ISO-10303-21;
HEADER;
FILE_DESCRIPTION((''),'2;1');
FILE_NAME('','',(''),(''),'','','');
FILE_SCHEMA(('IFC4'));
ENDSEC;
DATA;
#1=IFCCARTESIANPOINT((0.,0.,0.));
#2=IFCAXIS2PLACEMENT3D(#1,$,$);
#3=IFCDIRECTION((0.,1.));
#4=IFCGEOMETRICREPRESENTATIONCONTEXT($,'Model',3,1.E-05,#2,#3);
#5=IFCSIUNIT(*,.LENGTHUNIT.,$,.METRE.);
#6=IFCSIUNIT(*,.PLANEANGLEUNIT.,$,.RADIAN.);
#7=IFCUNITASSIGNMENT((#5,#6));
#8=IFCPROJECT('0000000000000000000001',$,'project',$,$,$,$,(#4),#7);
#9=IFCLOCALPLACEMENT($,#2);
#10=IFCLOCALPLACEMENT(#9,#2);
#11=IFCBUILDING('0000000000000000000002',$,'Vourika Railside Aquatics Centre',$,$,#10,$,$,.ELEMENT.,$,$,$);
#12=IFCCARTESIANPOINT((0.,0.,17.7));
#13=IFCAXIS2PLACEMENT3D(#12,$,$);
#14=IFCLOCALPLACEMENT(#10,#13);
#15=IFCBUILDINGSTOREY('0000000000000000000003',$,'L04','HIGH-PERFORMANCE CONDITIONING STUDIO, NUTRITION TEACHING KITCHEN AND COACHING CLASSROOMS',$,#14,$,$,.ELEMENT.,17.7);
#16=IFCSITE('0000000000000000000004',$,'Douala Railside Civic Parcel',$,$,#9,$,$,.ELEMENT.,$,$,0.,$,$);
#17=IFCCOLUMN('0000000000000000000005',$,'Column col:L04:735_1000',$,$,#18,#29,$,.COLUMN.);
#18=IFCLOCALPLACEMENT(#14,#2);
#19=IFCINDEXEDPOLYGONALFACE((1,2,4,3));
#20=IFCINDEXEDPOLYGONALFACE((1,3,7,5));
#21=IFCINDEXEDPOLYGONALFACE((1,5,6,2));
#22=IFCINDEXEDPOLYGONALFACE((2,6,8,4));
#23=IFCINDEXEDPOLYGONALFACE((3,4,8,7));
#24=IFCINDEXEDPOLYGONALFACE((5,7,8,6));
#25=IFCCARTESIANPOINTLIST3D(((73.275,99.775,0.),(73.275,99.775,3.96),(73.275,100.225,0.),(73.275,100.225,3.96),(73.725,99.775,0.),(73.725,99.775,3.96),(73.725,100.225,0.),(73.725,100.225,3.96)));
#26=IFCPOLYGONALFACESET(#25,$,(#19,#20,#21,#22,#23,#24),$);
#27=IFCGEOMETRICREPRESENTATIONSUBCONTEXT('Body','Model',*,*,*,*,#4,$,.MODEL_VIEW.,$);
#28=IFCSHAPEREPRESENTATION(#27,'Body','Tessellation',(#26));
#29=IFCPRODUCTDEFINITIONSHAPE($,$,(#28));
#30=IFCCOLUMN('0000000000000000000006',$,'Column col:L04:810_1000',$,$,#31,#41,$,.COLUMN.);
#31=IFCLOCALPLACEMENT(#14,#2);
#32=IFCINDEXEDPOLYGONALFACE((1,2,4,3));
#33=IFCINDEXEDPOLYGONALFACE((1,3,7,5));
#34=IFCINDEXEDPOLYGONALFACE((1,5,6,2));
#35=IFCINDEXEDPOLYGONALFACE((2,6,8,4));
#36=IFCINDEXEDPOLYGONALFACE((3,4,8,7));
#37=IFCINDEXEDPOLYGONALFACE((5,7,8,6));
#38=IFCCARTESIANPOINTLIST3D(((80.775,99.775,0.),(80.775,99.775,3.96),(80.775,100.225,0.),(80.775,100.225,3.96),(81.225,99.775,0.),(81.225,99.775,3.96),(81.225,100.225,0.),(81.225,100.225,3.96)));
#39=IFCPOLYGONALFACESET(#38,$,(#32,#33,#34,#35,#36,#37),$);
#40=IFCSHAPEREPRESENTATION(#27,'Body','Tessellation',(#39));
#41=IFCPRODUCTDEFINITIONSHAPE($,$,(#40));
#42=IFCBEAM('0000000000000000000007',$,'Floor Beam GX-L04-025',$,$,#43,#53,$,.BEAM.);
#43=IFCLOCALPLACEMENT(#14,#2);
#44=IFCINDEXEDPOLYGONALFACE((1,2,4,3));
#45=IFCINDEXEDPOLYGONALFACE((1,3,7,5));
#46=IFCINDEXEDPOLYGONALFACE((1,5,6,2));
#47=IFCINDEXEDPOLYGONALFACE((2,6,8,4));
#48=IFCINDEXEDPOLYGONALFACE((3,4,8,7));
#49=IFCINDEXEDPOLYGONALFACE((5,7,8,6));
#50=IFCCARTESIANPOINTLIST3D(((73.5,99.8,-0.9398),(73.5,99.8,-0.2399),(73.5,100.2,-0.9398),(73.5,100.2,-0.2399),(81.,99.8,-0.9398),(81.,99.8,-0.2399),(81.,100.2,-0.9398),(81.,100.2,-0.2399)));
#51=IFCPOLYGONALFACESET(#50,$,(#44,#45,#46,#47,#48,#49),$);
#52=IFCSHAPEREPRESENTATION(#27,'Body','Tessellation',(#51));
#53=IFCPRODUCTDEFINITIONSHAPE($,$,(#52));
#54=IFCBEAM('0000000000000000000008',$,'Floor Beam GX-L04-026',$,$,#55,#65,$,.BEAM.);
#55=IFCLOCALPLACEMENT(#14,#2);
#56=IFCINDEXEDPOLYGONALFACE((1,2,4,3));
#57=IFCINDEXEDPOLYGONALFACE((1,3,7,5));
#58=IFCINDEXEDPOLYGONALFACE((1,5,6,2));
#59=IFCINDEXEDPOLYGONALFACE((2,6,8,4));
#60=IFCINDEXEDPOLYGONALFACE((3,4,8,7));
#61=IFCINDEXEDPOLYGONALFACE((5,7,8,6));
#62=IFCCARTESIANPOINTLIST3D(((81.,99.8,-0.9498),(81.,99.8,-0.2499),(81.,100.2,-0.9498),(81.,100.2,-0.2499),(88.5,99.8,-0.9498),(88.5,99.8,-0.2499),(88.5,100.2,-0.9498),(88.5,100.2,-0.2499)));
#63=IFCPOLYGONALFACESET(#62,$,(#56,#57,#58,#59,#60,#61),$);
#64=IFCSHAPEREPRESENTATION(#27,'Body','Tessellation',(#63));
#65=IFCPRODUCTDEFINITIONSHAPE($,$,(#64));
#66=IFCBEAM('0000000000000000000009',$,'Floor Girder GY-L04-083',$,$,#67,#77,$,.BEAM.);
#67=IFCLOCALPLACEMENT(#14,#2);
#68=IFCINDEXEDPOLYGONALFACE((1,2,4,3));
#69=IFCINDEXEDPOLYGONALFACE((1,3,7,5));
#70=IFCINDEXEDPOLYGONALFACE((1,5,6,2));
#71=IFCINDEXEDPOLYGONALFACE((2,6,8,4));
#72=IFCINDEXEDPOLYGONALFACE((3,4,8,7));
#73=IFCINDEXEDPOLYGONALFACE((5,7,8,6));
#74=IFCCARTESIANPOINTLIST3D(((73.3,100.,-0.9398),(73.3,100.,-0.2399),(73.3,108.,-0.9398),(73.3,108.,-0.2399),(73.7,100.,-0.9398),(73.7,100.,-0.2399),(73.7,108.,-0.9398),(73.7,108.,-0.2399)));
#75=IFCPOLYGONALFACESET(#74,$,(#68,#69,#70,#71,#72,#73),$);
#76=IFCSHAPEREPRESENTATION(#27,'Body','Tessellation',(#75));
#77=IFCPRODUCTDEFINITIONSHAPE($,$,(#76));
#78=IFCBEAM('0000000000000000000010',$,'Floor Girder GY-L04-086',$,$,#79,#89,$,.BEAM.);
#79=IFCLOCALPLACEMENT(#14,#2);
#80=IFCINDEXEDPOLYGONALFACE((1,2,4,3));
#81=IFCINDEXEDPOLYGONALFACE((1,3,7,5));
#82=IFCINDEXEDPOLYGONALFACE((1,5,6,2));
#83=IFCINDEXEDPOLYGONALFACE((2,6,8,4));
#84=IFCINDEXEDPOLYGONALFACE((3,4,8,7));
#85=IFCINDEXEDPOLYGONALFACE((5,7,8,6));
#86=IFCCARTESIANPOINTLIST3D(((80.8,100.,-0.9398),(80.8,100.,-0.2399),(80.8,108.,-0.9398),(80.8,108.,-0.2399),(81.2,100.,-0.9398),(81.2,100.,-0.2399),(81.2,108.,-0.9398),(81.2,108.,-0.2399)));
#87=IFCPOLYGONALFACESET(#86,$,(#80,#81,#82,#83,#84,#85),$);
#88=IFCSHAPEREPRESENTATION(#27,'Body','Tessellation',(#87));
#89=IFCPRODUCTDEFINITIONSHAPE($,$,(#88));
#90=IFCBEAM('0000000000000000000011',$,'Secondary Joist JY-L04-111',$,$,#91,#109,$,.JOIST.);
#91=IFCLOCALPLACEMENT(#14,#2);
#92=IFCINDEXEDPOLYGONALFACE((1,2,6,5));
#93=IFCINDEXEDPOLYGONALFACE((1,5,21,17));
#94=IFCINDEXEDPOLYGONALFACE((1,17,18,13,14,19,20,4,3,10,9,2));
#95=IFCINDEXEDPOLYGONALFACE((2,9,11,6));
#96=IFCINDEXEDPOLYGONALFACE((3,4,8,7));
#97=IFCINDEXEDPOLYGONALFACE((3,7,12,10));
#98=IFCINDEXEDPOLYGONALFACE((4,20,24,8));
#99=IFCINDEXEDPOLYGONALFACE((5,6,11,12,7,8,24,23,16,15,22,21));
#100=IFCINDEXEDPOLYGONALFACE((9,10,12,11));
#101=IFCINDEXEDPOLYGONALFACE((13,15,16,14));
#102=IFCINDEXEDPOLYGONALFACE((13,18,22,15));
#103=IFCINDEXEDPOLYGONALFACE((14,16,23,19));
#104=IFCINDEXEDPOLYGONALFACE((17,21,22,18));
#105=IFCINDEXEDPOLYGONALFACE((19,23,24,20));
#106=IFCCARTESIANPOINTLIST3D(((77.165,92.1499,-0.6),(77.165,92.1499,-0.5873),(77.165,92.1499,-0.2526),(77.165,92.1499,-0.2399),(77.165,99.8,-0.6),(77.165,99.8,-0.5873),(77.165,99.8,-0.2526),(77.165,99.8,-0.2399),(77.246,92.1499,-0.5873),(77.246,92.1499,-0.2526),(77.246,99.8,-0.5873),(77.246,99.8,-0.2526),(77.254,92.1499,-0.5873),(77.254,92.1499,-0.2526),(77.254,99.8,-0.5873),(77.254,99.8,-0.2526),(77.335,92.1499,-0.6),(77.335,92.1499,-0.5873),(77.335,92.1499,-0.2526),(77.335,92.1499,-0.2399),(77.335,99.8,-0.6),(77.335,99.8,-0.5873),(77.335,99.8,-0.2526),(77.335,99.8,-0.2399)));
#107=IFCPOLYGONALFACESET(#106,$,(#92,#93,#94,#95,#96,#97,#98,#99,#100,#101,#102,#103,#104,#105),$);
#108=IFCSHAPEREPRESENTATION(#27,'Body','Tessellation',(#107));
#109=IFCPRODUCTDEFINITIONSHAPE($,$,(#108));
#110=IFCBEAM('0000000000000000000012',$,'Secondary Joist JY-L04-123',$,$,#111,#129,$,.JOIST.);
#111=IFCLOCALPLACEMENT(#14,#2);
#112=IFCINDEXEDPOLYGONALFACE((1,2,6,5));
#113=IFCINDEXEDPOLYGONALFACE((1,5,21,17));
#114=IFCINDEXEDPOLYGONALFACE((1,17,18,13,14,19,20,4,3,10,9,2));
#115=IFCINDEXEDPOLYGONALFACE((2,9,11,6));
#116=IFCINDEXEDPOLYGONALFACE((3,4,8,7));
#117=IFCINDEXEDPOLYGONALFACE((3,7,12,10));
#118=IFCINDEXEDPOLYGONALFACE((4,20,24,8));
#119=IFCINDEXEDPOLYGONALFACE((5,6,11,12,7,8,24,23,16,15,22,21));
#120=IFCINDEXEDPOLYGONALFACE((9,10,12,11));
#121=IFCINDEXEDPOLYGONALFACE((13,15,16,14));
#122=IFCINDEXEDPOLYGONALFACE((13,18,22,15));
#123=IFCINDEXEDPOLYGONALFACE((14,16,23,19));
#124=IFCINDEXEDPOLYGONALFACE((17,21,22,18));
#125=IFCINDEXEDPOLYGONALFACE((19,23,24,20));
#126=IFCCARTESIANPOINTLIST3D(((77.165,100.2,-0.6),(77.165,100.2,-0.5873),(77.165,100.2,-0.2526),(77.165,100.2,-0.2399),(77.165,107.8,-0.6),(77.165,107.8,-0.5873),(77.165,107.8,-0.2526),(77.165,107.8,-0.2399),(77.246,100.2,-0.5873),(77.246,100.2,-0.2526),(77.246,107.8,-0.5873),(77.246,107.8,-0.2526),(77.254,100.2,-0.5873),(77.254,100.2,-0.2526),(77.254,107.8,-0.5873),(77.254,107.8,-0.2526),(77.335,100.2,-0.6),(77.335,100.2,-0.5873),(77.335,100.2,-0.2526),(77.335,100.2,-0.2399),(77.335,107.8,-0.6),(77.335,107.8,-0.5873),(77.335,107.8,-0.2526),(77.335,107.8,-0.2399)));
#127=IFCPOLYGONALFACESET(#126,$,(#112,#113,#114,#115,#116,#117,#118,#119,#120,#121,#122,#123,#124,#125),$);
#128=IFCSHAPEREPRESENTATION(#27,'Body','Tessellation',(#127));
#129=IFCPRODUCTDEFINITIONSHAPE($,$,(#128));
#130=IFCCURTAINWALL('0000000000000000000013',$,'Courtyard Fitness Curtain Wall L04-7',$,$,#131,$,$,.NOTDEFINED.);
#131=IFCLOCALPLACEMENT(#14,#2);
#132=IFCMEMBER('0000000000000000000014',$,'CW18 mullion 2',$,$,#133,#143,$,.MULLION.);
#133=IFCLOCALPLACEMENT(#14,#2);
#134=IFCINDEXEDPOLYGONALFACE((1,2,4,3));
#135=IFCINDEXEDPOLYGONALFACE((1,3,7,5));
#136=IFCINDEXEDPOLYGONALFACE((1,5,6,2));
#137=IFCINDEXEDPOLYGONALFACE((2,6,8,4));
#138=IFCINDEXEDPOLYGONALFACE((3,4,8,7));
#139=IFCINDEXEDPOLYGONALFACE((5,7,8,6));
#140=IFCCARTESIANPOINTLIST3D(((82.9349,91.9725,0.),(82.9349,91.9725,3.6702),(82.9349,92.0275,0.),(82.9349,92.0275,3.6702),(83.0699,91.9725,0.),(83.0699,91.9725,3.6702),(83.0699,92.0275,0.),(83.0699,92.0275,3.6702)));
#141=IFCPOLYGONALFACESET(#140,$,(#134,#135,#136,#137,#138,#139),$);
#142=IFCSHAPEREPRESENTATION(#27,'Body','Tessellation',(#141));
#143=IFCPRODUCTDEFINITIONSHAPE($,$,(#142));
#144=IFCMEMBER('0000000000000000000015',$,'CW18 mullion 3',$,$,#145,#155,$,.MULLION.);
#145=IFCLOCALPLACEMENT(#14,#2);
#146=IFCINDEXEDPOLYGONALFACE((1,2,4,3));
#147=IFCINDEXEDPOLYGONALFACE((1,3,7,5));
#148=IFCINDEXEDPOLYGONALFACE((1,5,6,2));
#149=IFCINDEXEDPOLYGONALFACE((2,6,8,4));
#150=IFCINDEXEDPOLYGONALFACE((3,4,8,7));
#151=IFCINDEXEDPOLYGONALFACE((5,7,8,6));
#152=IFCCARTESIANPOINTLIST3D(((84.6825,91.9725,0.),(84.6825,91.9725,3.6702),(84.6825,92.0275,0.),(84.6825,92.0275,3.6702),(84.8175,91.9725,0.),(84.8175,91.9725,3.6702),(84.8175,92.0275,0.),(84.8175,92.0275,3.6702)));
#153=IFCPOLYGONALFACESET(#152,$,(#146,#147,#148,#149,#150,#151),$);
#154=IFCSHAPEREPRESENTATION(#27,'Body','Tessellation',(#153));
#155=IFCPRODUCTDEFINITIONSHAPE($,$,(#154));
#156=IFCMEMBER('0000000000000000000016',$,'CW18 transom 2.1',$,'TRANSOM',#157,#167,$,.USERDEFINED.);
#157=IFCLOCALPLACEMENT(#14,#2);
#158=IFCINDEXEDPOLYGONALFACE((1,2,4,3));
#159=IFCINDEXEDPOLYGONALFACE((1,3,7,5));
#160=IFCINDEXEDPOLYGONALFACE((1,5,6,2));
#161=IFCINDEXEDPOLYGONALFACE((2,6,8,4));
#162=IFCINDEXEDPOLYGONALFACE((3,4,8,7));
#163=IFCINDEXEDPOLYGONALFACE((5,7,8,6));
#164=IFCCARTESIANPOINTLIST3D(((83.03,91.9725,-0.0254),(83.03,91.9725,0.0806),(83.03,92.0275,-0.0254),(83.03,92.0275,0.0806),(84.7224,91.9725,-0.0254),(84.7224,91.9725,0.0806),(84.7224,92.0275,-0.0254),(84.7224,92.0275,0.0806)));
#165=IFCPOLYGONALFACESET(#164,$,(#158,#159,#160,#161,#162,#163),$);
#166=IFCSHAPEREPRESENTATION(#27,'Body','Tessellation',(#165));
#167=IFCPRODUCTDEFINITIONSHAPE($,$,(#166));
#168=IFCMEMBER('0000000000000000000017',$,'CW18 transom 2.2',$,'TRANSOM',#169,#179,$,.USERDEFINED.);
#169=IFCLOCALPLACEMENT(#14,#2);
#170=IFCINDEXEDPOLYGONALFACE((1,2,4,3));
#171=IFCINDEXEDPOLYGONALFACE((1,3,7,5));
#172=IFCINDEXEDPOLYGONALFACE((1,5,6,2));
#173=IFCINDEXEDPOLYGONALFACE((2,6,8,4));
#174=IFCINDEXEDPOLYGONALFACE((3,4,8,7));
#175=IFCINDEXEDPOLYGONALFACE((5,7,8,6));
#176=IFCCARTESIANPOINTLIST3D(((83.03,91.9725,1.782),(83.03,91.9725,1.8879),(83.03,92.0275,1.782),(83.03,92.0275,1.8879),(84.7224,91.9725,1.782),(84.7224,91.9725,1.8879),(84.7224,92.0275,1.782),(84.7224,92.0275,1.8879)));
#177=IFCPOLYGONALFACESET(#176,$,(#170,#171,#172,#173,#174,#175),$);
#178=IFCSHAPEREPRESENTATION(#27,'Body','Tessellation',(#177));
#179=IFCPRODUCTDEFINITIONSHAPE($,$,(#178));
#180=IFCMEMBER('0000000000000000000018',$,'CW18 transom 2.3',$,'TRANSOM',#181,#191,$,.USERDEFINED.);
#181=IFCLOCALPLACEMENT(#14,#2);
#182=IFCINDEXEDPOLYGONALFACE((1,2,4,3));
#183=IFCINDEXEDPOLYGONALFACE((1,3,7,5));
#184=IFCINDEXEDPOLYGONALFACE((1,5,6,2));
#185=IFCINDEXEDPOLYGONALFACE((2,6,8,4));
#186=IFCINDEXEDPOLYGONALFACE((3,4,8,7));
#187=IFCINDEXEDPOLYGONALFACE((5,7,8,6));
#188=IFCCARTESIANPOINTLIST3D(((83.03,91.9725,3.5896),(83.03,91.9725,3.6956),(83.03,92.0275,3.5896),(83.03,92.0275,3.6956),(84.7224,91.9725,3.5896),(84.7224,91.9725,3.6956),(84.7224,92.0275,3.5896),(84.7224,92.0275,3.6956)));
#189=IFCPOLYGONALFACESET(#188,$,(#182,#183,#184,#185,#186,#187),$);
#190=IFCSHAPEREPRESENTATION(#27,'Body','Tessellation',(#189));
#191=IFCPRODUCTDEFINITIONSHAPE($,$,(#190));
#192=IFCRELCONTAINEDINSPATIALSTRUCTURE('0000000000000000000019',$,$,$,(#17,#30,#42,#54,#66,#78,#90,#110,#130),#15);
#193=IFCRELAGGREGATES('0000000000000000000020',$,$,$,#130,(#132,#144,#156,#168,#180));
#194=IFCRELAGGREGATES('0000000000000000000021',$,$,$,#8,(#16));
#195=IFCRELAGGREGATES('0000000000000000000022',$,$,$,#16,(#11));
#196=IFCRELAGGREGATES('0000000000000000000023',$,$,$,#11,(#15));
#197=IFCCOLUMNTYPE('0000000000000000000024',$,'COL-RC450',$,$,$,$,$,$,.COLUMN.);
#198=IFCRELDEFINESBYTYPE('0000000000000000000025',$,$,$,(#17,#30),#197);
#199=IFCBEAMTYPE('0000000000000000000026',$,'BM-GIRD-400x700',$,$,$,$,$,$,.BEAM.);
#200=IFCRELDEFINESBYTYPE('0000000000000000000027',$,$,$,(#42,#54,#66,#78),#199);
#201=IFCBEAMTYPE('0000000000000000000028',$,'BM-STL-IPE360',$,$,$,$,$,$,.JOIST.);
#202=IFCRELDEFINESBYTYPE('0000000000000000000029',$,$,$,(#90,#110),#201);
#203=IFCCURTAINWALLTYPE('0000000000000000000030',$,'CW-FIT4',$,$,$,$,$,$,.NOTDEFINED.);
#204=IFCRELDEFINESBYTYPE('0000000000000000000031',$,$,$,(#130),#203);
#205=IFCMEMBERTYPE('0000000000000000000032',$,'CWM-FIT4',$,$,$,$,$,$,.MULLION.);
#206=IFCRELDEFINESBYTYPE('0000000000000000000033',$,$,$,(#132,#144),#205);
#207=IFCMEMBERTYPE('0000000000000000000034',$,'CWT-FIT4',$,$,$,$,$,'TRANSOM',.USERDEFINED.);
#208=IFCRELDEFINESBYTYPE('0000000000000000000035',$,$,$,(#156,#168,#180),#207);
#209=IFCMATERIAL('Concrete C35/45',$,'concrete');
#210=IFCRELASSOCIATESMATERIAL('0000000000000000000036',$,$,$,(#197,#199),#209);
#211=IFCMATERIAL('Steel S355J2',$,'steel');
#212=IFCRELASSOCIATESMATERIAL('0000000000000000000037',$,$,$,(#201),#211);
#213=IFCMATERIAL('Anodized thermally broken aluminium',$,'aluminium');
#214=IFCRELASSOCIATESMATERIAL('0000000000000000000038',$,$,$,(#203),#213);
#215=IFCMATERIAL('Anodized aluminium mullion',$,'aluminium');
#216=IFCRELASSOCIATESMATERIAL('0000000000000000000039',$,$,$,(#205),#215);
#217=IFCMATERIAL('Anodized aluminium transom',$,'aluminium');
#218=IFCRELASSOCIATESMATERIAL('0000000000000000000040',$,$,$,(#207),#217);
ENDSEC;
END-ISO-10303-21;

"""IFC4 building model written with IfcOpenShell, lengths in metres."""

from ifc_helpers import new_model, si_unit, direction, frame, origin, origin_2d, place, context, subcontext, project, spatial, rectangle, i_section, extrude, material, material_profile, profile_set, type_object, element, aggregate, save


model = new_model("IFC4")

# Units and contexts
model_context = context("Model", 3, precision=1e-05, world=origin(), true_north=direction((0.0, 1.0)))
body_context = subcontext(model_context, "Body", "Model", "MODEL_VIEW")
ifc_project = project(units=[si_unit("LENGTHUNIT", "METRE"), si_unit("PLANEANGLEUNIT", "RADIAN")], contexts=[model_context])

# Site, building, storey
site_placement = place(None, origin())
site = spatial("IfcSite", under=ifc_project, at=site_placement, Name="Douala Railside Civic Parcel", CompositionType="ELEMENT", RefElevation=0.0)
building_placement = place(site_placement, origin())
building = spatial("IfcBuilding", under=site, at=building_placement, Name="Vourika Railside Aquatics Centre", CompositionType="ELEMENT")
storey_placement = place(building_placement, frame((0.0, 0.0, 17.7)))
storey = spatial("IfcBuildingStorey", under=building, at=storey_placement, Name="L04", Description="HIGH-PERFORMANCE CONDITIONING STUDIO, NUTRITION TEACHING KITCHEN AND COACHING CLASSROOMS", CompositionType="ELEMENT", Elevation=17.7)

# Columns
ifc_material_1 = material(Name="Concrete C35/45", Category="concrete")
ifc_material_profile_1 = material_profile(ifc_material_1, rectangle(XDim=0.45, YDim=0.45, at=origin_2d()), Name="RC 450x450")
ifc_profile_set_1 = profile_set([ifc_material_profile_1], Name="Concrete C35/45")
column_type = type_object("IfcColumnType", Name="COL-RC450", PredefinedType="COLUMN", material=ifc_profile_set_1)
for number, where, z_axis, x_axis, name in (
    (1, (73.5, 100.0, 0.0), (0.0, 0.0, 1.0), (1.0, 0.0, 0.0), "Column col:L04:735_1000"),
    (2, (81.0, 100.0, 0.0), (0.0, 0.0, 1.0), (1.0, 0.0, 0.0), "Column col:L04:810_1000"),
):
    element("IfcColumn", number, at=place(storey_placement, frame(where, z_axis=z_axis, x_axis=x_axis)), inside=storey, type_object=column_type, Name=name, PredefinedType="COLUMN", context=body_context, shape_type="SweptSolid", body=[
        extrude(rectangle(XDim=0.45, YDim=0.45, at=origin_2d()), origin(), (0.0, 0.0, 1.0), 3.96),
    ])

# Beams
ifc_material_profile_2 = material_profile(ifc_material_1, rectangle(XDim=0.3999, YDim=0.7, at=origin_2d()), Name="RC 400x700")
ifc_profile_set_2 = profile_set([ifc_material_profile_2], Name="Concrete C35/45")
beam_type_1 = type_object("IfcBeamType", Name="BM-GIRD-400x700", PredefinedType="BEAM", material=ifc_profile_set_2)
for number, where, z_axis, x_axis, name in (
    (3, (73.5, 100.0, -0.5898), (1.0, 0.0, 0.0), (0.0, 1.0, 0.0), "Floor Beam GX-L04-025"),
    (4, (81.0, 100.0, -0.5999), (1.0, 0.0, 0.0), (0.0, 1.0, 0.0), "Floor Beam GX-L04-026"),
):
    element("IfcBeam", number, at=place(storey_placement, frame(where, z_axis=z_axis, x_axis=x_axis)), inside=storey, type_object=beam_type_1, Name=name, PredefinedType="BEAM", context=body_context, shape_type="SweptSolid", body=[
        extrude(rectangle(XDim=0.3999, YDim=0.7, at=origin_2d()), origin(), (0.0, 0.0, 1.0), 7.5),
    ])
for number, where, z_axis, x_axis, name in (
    (5, (73.5, 100.0, -0.5898), (0.0, 1.0, 0.0), (-1.0, 0.0, 0.0), "Floor Girder GY-L04-083"),
    (6, (81.0, 100.0, -0.5898), (0.0, 1.0, 0.0), (-1.0, 0.0, 0.0), "Floor Girder GY-L04-086"),
):
    element("IfcBeam", number, at=place(storey_placement, frame(where, z_axis=z_axis, x_axis=x_axis)), inside=storey, type_object=beam_type_1, Name=name, PredefinedType="BEAM", context=body_context, shape_type="SweptSolid", body=[
        extrude(rectangle(XDim=0.3999, YDim=0.7, at=origin_2d()), origin(), (0.0, 0.0, 1.0), 8.0),
    ])
ifc_material_2 = material(Name="Steel S355J2", Category="steel")
ifc_material_profile_3 = material_profile(ifc_material_2, i_section(OverallWidth=0.1699, OverallDepth=0.3601, WebThickness=0.0081, FlangeThickness=0.0127, at=origin_2d()), Name="IPE 360")
ifc_profile_set_3 = profile_set([ifc_material_profile_3], Name="Steel S355J2")
beam_type_2 = type_object("IfcBeamType", Name="BM-STL-IPE360", PredefinedType="JOIST", material=ifc_profile_set_3)
beam_1_placement = place(storey_placement, frame((77.25, 92.1499, -0.4199), z_axis=(0.0, 1.0, 0.0), x_axis=(-1.0, 0.0, 0.0)))
element("IfcBeam", 7, at=beam_1_placement, inside=storey, type_object=beam_type_2, Name="Secondary Joist JY-L04-111", PredefinedType="JOIST", context=body_context, shape_type="SweptSolid", body=[
    extrude(i_section(OverallWidth=0.1699, OverallDepth=0.3601, WebThickness=0.0081, FlangeThickness=0.0127, at=origin_2d()), origin(), (0.0, 0.0, 1.0), 7.6501),
])
beam_2_placement = place(storey_placement, frame((77.25, 100.2, -0.4199), z_axis=(0.0, 1.0, 0.0), x_axis=(-1.0, 0.0, 0.0)))
element("IfcBeam", 8, at=beam_2_placement, inside=storey, type_object=beam_type_2, Name="Secondary Joist JY-L04-123", PredefinedType="JOIST", context=body_context, shape_type="SweptSolid", body=[
    extrude(i_section(OverallWidth=0.1699, OverallDepth=0.3601, WebThickness=0.0081, FlangeThickness=0.0127, at=origin_2d()), origin(), (0.0, 0.0, 1.0), 7.6001),
])

# Curtain wall, members
ifc_material_3 = material(Name="Anodized thermally broken aluminium", Category="aluminium")
curtain_wall_type = type_object("IfcCurtainWallType", Name="CW-FIT4", PredefinedType="NOTDEFINED", material=ifc_material_3)
curtain_wall_placement = place(storey_placement, origin())
curtain_wall = element("IfcCurtainWall", 9, at=curtain_wall_placement, inside=storey, type_object=curtain_wall_type, Name="Courtyard Fitness Curtain Wall L04-7", PredefinedType="NOTDEFINED")
ifc_material_4 = material(Name="Anodized aluminium mullion", Category="aluminium")
ifc_material_profile_4 = material_profile(ifc_material_4, rectangle(XDim=0.0549, YDim=0.135, at=origin_2d()), Name="ALU-M 55x135")
ifc_profile_set_4 = profile_set([ifc_material_profile_4], Name="Anodized aluminium mullion")
member_type_1 = type_object("IfcMemberType", Name="CWM-FIT4", PredefinedType="MULLION", material=ifc_profile_set_4)
member_1_placement = place(storey_placement, frame((83.0024, 92.0, 0.0), z_axis=(0.0, 0.0, 1.0), x_axis=(0.0, 1.0, 0.0)))
member_1 = element("IfcMember", 10, at=member_1_placement, type_object=member_type_1, Name="CW18 mullion 2", PredefinedType="MULLION", context=body_context, shape_type="SweptSolid", body=[
    extrude(rectangle(XDim=0.0549, YDim=0.135, at=origin_2d()), origin(), (0.0, 0.0, 1.0), 3.6702),
])
member_2_placement = place(storey_placement, frame((84.75, 92.0, 0.0), z_axis=(0.0, 0.0, 1.0), x_axis=(0.0, 1.0, 0.0)))
member_2 = element("IfcMember", 11, at=member_2_placement, type_object=member_type_1, Name="CW18 mullion 3", PredefinedType="MULLION", context=body_context, shape_type="SweptSolid", body=[
    extrude(rectangle(XDim=0.0549, YDim=0.135, at=origin_2d()), origin(), (0.0, 0.0, 1.0), 3.6702),
])
ifc_material_5 = material(Name="Anodized aluminium transom", Category="aluminium")
ifc_material_profile_5 = material_profile(ifc_material_5, rectangle(XDim=0.0549, YDim=0.106, at=origin_2d()), Name="ALU-T 55x106")
ifc_profile_set_5 = profile_set([ifc_material_profile_5], Name="Anodized aluminium transom")
member_type_2 = type_object("IfcMemberType", Name="CWT-FIT4", ElementType="TRANSOM", PredefinedType="USERDEFINED", material=ifc_profile_set_5)
member_3_placement = place(storey_placement, frame((83.03, 92.0, 0.0276), z_axis=(1.0, 0.0, 0.0), x_axis=(0.0, 1.0, 0.0)))
member_3 = element("IfcMember", 12, at=member_3_placement, type_object=member_type_2, Name="CW18 transom 2.1", ObjectType="TRANSOM", PredefinedType="USERDEFINED", context=body_context, shape_type="SweptSolid", body=[
    extrude(rectangle(XDim=0.0549, YDim=0.106, at=origin_2d()), origin(), (0.0, 0.0, 1.0), 1.6924),
])
member_4_placement = place(storey_placement, frame((83.03, 92.0, 1.835), z_axis=(1.0, 0.0, 0.0), x_axis=(0.0, 1.0, 0.0)))
member_4 = element("IfcMember", 13, at=member_4_placement, type_object=member_type_2, Name="CW18 transom 2.2", ObjectType="TRANSOM", PredefinedType="USERDEFINED", context=body_context, shape_type="SweptSolid", body=[
    extrude(rectangle(XDim=0.0549, YDim=0.106, at=origin_2d()), origin(), (0.0, 0.0, 1.0), 1.6924),
])
member_5_placement = place(storey_placement, frame((83.03, 92.0, 3.6426), z_axis=(1.0, 0.0, 0.0), x_axis=(0.0, 1.0, 0.0)))
member_5 = element("IfcMember", 14, at=member_5_placement, type_object=member_type_2, Name="CW18 transom 2.3", ObjectType="TRANSOM", PredefinedType="USERDEFINED", context=body_context, shape_type="SweptSolid", body=[
    extrude(rectangle(XDim=0.0549, YDim=0.106, at=origin_2d()), origin(), (0.0, 0.0, 1.0), 1.6924),
])
aggregate(curtain_wall, [member_1, member_2, member_3, member_4, member_5])

save(model, "model.ifc")
